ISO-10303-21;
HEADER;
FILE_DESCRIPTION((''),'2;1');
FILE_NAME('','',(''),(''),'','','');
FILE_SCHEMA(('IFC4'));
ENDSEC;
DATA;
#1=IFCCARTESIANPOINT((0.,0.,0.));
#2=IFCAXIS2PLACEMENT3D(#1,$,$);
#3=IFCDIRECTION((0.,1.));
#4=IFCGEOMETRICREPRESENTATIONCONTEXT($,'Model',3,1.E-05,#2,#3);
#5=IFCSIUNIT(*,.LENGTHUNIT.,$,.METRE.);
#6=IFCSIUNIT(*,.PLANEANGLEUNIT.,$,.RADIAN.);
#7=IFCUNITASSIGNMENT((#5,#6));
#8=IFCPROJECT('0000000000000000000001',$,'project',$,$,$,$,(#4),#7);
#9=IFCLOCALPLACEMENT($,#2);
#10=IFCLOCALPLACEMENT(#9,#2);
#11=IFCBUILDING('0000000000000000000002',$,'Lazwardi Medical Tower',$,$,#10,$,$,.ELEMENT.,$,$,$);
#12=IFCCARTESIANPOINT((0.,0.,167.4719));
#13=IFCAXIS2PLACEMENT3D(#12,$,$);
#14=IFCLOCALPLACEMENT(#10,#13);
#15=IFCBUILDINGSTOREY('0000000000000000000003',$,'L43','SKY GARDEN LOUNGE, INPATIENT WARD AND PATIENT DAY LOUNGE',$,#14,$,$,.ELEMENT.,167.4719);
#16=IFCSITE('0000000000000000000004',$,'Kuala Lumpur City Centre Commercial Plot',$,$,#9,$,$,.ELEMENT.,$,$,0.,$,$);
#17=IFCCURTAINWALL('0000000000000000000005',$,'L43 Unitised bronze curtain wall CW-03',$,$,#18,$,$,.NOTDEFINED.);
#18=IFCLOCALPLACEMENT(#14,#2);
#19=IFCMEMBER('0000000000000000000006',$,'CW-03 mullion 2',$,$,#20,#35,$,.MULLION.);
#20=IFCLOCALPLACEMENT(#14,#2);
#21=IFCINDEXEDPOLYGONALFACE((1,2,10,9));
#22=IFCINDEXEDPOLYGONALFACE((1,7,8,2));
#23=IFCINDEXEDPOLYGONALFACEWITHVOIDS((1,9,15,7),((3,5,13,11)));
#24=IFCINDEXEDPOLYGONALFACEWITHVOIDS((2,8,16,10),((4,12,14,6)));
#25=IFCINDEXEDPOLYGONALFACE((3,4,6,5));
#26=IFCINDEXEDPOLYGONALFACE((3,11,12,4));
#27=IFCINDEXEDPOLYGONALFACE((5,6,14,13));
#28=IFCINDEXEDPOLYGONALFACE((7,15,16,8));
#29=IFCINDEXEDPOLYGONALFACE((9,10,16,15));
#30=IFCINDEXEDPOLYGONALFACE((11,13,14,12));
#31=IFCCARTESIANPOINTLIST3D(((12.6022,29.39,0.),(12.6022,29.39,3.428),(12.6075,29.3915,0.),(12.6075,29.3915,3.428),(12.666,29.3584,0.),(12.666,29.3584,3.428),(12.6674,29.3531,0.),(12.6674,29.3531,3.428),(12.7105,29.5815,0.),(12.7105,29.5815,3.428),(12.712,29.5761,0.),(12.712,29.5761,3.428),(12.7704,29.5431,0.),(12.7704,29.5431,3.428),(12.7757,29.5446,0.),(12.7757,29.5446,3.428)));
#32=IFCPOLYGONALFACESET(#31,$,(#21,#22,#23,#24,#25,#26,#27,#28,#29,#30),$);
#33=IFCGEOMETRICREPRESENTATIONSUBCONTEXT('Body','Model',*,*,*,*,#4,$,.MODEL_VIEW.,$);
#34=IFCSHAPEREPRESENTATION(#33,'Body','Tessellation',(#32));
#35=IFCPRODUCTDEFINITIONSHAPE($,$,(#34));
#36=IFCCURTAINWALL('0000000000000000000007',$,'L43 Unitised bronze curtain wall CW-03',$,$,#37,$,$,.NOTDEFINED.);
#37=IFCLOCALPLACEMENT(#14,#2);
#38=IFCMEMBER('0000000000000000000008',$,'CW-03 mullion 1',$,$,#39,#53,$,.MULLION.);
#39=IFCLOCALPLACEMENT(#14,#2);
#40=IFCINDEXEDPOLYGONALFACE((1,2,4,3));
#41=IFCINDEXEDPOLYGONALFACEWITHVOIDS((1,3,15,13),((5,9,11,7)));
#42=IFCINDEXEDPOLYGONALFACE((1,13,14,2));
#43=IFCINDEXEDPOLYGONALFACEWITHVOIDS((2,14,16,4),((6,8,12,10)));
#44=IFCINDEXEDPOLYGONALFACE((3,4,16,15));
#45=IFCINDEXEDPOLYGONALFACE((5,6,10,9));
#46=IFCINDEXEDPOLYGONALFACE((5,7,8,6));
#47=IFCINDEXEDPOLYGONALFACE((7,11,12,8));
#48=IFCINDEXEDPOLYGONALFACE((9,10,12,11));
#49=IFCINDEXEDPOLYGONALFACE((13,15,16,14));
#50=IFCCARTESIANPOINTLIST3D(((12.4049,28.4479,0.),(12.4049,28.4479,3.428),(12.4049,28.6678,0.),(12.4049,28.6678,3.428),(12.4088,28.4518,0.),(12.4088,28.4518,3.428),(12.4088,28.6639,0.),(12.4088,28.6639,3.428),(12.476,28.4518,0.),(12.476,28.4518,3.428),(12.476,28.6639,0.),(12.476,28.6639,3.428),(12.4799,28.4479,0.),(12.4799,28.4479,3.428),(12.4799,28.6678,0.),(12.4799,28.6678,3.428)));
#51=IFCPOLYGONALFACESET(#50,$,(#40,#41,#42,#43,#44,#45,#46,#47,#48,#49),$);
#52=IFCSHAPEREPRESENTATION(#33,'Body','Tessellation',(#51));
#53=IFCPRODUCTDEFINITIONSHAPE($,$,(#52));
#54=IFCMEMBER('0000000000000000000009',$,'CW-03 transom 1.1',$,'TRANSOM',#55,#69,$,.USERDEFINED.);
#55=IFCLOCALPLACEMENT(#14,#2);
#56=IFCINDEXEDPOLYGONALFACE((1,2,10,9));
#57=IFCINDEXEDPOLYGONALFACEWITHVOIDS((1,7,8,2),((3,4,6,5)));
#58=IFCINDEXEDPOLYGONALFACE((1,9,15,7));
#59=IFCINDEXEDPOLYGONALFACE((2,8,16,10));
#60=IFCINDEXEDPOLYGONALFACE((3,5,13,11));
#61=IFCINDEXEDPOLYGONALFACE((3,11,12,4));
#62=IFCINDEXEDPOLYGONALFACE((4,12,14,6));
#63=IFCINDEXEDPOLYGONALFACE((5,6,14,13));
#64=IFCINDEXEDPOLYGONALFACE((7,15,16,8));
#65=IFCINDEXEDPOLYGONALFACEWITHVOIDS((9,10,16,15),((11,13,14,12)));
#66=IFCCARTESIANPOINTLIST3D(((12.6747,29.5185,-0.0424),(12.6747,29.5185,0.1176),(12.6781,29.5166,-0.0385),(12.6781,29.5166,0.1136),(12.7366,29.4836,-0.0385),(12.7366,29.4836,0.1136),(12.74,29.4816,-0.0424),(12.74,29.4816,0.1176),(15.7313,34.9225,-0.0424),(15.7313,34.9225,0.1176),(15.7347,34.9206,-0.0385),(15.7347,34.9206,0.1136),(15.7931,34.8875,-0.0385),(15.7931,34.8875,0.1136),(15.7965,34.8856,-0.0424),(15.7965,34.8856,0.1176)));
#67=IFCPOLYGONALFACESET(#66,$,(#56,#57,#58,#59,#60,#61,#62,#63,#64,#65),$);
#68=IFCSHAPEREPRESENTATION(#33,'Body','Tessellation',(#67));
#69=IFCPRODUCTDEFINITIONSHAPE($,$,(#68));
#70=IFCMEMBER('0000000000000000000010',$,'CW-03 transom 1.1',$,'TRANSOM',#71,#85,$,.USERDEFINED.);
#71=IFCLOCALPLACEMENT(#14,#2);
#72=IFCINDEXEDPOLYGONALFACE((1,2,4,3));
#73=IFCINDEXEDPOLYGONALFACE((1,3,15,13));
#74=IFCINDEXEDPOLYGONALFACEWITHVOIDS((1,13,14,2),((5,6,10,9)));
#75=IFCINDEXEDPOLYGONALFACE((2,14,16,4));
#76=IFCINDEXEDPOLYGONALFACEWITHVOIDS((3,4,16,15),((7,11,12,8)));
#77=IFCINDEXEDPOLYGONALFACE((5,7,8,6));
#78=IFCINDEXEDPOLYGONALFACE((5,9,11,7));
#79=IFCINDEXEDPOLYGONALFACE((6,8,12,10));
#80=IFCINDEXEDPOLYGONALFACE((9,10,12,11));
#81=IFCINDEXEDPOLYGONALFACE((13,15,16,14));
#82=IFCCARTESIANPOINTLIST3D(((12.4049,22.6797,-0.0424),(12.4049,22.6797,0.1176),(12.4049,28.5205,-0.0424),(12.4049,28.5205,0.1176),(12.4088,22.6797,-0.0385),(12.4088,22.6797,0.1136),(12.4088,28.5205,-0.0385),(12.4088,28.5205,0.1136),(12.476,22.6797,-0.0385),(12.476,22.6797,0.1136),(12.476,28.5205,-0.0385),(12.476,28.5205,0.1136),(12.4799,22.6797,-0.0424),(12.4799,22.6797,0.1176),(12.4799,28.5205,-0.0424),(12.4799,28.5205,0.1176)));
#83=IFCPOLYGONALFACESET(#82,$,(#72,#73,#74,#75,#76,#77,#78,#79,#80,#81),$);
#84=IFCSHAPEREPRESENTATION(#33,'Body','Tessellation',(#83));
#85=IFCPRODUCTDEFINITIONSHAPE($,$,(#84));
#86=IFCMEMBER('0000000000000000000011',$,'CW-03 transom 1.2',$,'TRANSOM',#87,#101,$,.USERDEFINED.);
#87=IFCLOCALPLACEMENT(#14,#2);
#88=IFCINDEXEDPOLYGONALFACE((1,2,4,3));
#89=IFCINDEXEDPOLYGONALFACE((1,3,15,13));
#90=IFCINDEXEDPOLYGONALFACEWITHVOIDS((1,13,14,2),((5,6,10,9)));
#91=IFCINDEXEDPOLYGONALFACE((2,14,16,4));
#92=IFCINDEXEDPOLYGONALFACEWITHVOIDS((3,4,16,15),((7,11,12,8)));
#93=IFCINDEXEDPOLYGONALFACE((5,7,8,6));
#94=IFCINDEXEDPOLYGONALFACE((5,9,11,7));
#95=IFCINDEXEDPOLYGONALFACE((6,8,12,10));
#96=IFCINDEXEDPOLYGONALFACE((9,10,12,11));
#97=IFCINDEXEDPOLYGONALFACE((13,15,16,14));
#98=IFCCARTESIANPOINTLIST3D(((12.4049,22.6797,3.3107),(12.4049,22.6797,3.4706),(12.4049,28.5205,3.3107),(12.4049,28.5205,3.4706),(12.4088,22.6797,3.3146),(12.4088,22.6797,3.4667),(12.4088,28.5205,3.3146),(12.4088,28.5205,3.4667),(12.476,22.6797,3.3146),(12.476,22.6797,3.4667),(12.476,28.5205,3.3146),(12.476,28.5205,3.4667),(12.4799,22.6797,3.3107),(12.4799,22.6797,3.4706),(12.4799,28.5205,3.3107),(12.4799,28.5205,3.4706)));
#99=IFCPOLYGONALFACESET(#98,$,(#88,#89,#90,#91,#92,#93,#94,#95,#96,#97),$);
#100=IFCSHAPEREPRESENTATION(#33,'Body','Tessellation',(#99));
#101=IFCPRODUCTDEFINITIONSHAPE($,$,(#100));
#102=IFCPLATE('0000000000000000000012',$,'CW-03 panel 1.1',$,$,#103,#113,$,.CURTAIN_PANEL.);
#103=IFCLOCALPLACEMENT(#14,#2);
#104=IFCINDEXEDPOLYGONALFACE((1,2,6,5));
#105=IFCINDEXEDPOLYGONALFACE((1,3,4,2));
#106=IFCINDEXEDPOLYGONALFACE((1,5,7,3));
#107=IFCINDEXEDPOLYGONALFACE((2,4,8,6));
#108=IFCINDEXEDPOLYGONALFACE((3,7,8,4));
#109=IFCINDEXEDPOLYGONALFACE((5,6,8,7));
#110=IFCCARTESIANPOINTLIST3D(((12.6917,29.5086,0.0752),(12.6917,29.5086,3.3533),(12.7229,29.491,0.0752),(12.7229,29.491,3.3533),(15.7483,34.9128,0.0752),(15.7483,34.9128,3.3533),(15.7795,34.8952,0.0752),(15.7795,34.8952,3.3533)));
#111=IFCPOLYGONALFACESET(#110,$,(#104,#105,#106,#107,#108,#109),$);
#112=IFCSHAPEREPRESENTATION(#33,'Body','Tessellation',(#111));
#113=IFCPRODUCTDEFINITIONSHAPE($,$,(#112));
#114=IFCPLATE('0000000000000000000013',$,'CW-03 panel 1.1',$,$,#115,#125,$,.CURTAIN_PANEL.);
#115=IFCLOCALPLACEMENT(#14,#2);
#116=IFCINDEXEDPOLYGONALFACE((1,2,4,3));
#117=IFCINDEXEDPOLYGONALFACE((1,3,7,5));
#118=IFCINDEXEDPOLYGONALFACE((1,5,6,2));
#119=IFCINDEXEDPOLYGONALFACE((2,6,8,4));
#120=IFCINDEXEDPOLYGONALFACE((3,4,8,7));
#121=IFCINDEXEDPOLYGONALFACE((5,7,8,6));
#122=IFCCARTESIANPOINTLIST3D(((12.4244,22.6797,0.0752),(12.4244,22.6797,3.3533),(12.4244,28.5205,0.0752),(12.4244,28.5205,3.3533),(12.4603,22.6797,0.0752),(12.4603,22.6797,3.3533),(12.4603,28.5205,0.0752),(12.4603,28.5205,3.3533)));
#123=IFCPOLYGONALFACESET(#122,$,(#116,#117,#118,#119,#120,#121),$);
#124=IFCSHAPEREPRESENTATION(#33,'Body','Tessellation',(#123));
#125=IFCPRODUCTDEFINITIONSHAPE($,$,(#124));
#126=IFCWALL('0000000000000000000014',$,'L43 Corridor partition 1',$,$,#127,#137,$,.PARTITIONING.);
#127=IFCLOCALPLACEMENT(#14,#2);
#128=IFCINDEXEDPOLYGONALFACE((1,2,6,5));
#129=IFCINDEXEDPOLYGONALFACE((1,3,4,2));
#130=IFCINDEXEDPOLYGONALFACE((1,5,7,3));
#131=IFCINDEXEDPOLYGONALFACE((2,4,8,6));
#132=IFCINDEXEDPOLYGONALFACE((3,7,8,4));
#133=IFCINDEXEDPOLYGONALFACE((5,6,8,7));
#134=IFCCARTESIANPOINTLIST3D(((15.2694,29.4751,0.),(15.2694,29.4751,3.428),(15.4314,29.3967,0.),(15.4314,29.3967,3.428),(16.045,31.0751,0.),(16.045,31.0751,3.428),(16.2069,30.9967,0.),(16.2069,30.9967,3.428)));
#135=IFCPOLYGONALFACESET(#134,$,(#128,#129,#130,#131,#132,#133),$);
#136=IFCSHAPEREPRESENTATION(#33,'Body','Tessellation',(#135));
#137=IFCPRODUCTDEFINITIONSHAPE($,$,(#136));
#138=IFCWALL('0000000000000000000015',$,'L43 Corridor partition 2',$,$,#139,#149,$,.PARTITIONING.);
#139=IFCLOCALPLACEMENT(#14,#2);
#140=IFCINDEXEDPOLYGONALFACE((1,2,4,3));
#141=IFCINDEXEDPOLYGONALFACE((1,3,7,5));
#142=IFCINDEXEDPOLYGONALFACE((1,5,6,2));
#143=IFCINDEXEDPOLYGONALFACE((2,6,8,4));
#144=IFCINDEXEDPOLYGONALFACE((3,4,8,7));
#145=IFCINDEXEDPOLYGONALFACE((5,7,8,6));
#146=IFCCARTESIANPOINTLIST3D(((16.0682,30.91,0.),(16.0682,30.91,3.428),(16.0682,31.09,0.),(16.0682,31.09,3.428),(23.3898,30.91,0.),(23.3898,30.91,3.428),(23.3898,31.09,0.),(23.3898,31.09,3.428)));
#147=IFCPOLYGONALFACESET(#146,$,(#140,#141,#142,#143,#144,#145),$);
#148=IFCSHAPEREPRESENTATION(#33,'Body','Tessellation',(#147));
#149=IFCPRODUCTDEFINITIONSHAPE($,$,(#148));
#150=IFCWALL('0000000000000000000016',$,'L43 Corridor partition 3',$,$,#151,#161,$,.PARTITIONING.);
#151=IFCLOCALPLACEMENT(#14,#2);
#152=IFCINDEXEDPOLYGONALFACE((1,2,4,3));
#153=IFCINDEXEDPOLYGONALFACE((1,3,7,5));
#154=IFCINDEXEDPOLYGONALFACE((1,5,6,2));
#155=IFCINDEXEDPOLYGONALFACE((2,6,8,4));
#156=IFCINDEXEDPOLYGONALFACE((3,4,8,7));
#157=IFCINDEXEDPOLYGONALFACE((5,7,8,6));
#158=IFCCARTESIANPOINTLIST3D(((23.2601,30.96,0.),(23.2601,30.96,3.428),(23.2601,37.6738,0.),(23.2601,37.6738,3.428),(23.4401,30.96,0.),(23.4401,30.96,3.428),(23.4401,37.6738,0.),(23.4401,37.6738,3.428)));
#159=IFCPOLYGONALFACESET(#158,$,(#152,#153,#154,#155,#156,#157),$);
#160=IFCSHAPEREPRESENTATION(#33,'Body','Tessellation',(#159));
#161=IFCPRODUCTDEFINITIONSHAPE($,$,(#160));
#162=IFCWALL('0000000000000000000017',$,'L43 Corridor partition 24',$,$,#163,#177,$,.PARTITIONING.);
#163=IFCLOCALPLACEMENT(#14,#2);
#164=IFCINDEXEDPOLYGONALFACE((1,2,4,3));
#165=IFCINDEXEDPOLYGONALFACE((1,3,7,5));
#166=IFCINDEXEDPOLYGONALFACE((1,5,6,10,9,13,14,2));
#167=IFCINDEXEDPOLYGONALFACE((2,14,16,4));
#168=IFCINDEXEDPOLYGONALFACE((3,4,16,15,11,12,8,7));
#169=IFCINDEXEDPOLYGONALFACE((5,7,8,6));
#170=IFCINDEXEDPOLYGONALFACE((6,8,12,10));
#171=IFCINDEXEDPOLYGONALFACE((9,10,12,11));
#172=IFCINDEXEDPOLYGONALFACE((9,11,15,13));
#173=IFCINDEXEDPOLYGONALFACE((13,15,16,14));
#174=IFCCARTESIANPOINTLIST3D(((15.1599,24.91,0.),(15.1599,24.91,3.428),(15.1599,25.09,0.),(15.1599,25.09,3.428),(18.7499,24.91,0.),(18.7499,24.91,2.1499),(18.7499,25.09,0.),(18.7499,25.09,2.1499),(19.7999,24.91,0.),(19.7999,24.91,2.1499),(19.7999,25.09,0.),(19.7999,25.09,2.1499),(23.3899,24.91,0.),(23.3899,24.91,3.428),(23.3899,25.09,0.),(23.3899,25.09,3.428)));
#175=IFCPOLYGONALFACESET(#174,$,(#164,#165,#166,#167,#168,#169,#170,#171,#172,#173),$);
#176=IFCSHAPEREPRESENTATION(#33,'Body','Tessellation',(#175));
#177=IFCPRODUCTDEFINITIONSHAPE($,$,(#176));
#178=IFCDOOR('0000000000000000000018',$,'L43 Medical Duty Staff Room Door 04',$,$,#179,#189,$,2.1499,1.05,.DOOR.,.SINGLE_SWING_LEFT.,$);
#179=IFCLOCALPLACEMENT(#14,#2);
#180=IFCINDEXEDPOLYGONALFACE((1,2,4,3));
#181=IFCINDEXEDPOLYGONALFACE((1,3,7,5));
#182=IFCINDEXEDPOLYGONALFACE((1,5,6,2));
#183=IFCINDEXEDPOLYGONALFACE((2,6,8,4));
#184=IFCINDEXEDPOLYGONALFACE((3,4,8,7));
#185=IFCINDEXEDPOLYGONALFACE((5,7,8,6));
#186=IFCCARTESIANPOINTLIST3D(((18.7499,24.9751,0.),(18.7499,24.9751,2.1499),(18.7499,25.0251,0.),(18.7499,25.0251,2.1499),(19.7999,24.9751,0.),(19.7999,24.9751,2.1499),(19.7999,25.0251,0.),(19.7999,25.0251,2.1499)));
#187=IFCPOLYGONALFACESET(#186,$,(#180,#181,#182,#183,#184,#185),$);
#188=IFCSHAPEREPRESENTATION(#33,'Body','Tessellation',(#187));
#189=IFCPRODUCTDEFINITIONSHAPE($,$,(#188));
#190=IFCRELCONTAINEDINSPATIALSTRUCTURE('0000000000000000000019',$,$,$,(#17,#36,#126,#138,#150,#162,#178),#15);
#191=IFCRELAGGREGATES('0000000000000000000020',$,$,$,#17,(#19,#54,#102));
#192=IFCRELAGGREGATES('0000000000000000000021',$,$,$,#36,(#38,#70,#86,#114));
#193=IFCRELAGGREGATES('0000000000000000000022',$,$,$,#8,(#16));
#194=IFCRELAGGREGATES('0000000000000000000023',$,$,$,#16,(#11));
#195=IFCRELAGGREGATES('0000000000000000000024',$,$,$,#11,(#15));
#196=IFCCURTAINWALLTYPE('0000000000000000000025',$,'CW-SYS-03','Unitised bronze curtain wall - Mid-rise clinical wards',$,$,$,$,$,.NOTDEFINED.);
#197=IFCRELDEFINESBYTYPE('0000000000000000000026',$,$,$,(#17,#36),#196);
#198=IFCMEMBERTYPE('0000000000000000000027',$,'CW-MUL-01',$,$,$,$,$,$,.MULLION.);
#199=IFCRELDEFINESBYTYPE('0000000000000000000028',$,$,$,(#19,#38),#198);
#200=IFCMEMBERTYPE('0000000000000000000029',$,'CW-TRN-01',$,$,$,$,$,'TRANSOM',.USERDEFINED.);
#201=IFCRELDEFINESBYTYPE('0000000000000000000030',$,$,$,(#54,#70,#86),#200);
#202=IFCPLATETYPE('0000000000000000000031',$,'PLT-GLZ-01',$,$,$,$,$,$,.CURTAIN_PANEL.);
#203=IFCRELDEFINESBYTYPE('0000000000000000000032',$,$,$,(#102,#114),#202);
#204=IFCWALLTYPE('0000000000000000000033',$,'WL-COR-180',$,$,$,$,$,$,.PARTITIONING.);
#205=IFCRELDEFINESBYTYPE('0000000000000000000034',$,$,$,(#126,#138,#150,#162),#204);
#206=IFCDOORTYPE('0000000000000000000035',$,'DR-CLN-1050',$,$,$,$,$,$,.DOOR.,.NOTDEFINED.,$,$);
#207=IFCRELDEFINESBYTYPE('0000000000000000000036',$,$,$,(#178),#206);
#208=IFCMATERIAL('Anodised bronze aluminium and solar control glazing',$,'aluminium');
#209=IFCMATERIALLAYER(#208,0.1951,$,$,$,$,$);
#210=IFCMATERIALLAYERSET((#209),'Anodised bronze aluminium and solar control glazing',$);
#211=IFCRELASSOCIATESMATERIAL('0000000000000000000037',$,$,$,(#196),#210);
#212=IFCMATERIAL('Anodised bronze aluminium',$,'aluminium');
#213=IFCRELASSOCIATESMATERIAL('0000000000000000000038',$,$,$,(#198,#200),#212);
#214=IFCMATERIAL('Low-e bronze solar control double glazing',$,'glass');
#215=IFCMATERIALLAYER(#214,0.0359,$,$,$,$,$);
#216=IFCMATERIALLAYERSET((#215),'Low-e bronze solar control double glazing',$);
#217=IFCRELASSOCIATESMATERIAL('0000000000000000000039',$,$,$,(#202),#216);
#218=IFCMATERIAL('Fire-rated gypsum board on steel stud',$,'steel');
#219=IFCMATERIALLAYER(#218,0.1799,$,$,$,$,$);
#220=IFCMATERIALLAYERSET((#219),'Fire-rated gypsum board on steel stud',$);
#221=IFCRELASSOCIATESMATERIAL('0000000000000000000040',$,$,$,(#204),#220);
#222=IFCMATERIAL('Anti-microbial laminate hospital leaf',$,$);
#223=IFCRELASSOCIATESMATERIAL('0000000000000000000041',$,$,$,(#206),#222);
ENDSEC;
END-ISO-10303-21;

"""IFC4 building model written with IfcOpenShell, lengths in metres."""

from ifc_helpers import new_model, si_unit, direction, frame, frame_2d, origin, origin_2d, place, context, subcontext, project, spatial, rectangle, hollow_rectangle, extrude, material, layer, layer_set, material_profile, profile_set, type_object, element, fill, aggregate, save


model = new_model("IFC4")

# Units and contexts
model_context = context("Model", 3, precision=1e-05, world=origin(), true_north=direction((0.0, 1.0)))
body_context = subcontext(model_context, "Body", "Model", "MODEL_VIEW")
ifc_project = project(units=[si_unit("LENGTHUNIT", "METRE"), si_unit("PLANEANGLEUNIT", "RADIAN")], contexts=[model_context])

# Site, building, storey
site_placement = place(None, origin())
site = spatial("IfcSite", under=ifc_project, at=site_placement, Name="Kuala Lumpur City Centre Commercial Plot", CompositionType="ELEMENT", RefElevation=0.0)
building_placement = place(site_placement, origin())
building = spatial("IfcBuilding", under=site, at=building_placement, Name="Lazwardi Medical Tower", CompositionType="ELEMENT")
storey_placement = place(building_placement, frame((0.0, 0.0, 167.4719)))
storey = spatial("IfcBuildingStorey", under=building, at=storey_placement, Name="L43", Description="SKY GARDEN LOUNGE, INPATIENT WARD AND PATIENT DAY LOUNGE", CompositionType="ELEMENT", Elevation=167.4719)

# Curtain walls, members
ifc_material_1 = material(Name="Anodised bronze aluminium and solar control glazing", Category="aluminium")
ifc_layer_1 = layer(ifc_material_1, 0.1951)
ifc_layer_set_1 = layer_set([ifc_layer_1], Name="Anodised bronze aluminium and solar control glazing")
curtain_wall_type = type_object("IfcCurtainWallType", Name="CW-SYS-03", Description="Unitised bronze curtain wall - Mid-rise clinical wards", PredefinedType="NOTDEFINED", material=ifc_layer_set_1)
curtain_wall_1_placement = place(storey_placement, origin())
curtain_wall_1 = element("IfcCurtainWall", 1, at=curtain_wall_1_placement, inside=storey, type_object=curtain_wall_type, Name="L43 Unitised bronze curtain wall CW-03", PredefinedType="NOTDEFINED")
ifc_material_2 = material(Name="Anodised bronze aluminium", Category="aluminium")
ifc_material_profile_1 = material_profile(ifc_material_2, hollow_rectangle(XDim=0.075, YDim=0.22, WallThickness=0.0039, at=origin_2d()), Name="ALU-MULLION 220x75x4")
ifc_profile_set_1 = profile_set([ifc_material_profile_1], Name="Anodised bronze aluminium")
member_type_1 = type_object("IfcMemberType", Name="CW-MUL-01", PredefinedType="MULLION", material=ifc_profile_set_1)
member_1_placement = place(storey_placement, frame((12.689, 29.4673, 0.0), z_axis=(0.0, 0.0, 1.0), x_axis=(0.870419, -0.492312, 0.0)))
member_1 = element("IfcMember", 2, at=member_1_placement, type_object=member_type_1, Name="CW-03 mullion 2", PredefinedType="MULLION", context=body_context, shape_type="SweptSolid", body=[
    extrude(hollow_rectangle(XDim=0.075, YDim=0.22, WallThickness=0.0039, at=origin_2d()), origin(), (0.0, 0.0, 1.0), 3.428),
])
curtain_wall_2_placement = place(storey_placement, origin())
curtain_wall_2 = element("IfcCurtainWall", 3, at=curtain_wall_2_placement, inside=storey, type_object=curtain_wall_type, Name="L43 Unitised bronze curtain wall CW-03", PredefinedType="NOTDEFINED")
member_2_placement = place(storey_placement, frame((12.4424, 28.5579, 0.0), z_axis=(0.0, 0.0, 1.0), x_axis=(1.0, 0.0, 0.0)))
member_2 = element("IfcMember", 4, at=member_2_placement, type_object=member_type_1, Name="CW-03 mullion 1", PredefinedType="MULLION", context=body_context, shape_type="SweptSolid", body=[
    extrude(hollow_rectangle(XDim=0.075, YDim=0.22, WallThickness=0.0039, at=origin_2d()), origin(), (0.0, 0.0, 1.0), 3.428),
])

# Members
ifc_material_profile_2 = material_profile(ifc_material_2, hollow_rectangle(XDim=0.075, YDim=0.1599, WallThickness=0.0039, at=origin_2d()), Name="ALU-TRANSOM 160x75x4")
ifc_profile_set_2 = profile_set([ifc_material_profile_2], Name="Anodised bronze aluminium")
member_type_2 = type_object("IfcMemberType", Name="CW-TRN-01", ElementType="TRANSOM", PredefinedType="USERDEFINED", material=ifc_profile_set_2)
member_3_placement = place(storey_placement, frame((15.7639, 34.9041, 0.0376), z_axis=(-0.492323, -0.870413, 0.0), x_axis=(0.870413, -0.492323, 0.0)))
member_3 = element("IfcMember", 5, at=member_3_placement, type_object=member_type_2, Name="CW-03 transom 1.1", ObjectType="TRANSOM", PredefinedType="USERDEFINED", context=body_context, shape_type="SweptSolid", body=[
    extrude(hollow_rectangle(XDim=0.075, YDim=0.1599, WallThickness=0.0039, at=origin_2d()), origin(), (0.0, 0.0, 1.0), 6.2085),
])
member_4_placement = place(storey_placement, frame((12.4424, 28.5205, 0.0376), z_axis=(0.0, -1.0, 0.0), x_axis=(1.0, 0.0, 0.0)))
member_4 = element("IfcMember", 6, at=member_4_placement, type_object=member_type_2, Name="CW-03 transom 1.1", ObjectType="TRANSOM", PredefinedType="USERDEFINED", context=body_context, shape_type="SweptSolid", body=[
    extrude(hollow_rectangle(XDim=0.075, YDim=0.1599, WallThickness=0.0039, at=origin_2d()), origin(), (0.0, 0.0, 1.0), 5.8408),
])
member_5_placement = place(storey_placement, frame((12.4424, 28.5205, 3.3906), z_axis=(0.0, -1.0, 0.0), x_axis=(1.0, 0.0, 0.0)))
member_5 = element("IfcMember", 7, at=member_5_placement, type_object=member_type_2, Name="CW-03 transom 1.2", ObjectType="TRANSOM", PredefinedType="USERDEFINED", context=body_context, shape_type="SweptSolid", body=[
    extrude(hollow_rectangle(XDim=0.075, YDim=0.1599, WallThickness=0.0039, at=origin_2d()), origin(), (0.0, 0.0, 1.0), 5.8408),
])

# Plates
ifc_material_3 = material(Name="Low-e bronze solar control double glazing", Category="glass")
ifc_layer_2 = layer(ifc_material_3, 0.0359)
ifc_layer_set_2 = layer_set([ifc_layer_2], Name="Low-e bronze solar control double glazing")
plate_type = type_object("IfcPlateType", Name="PLT-GLZ-01", PredefinedType="CURTAIN_PANEL", material=ifc_layer_set_2)
plate_1_placement = place(storey_placement, frame((14.2356, 32.2019, 0.0752), z_axis=(0.0, 0.0, 1.0), x_axis=(-0.492312, -0.870419, 0.0)))
plate_1 = element("IfcPlate", 8, at=plate_1_placement, type_object=plate_type, Name="CW-03 panel 1.1", PredefinedType="CURTAIN_PANEL", context=body_context, shape_type="SweptSolid", body=[
    extrude(rectangle(XDim=6.2087, YDim=0.0359, at=origin_2d()), origin(), (0.0, 0.0, 1.0), 3.2781),
])
aggregate(curtain_wall_1, [member_1, member_3, plate_1])
plate_2_placement = place(storey_placement, frame((12.4424, 25.6001, 0.0752), z_axis=(0.0, 0.0, 1.0), x_axis=(0.0, -1.0, 0.0)))
plate_2 = element("IfcPlate", 9, at=plate_2_placement, type_object=plate_type, Name="CW-03 panel 1.1", PredefinedType="CURTAIN_PANEL", context=body_context, shape_type="SweptSolid", body=[
    extrude(rectangle(XDim=5.8408, YDim=0.0359, at=origin_2d()), origin(), (0.0, 0.0, 1.0), 3.2781),
])
aggregate(curtain_wall_2, [member_2, member_4, member_5, plate_2])

# Walls
ifc_material_4 = material(Name="Fire-rated gypsum board on steel stud", Category="steel")
ifc_layer_3 = layer(ifc_material_4, 0.1799)
ifc_layer_set_3 = layer_set([ifc_layer_3], Name="Fire-rated gypsum board on steel stud")
wall_type_1 = type_object("IfcWallType", Name="WL-COR-180", PredefinedType="PARTITIONING", material=ifc_layer_set_3)
wall_1_placement = place(storey_placement, frame((15.3503, 29.4358, 0.0), z_axis=(0.0, 0.0, 1.0), x_axis=(0.436196, 0.899852, 0.0)))
element("IfcWall", 10, at=wall_1_placement, inside=storey, type_object=wall_type_1, Name="L43 Corridor partition 1", PredefinedType="PARTITIONING", context=body_context, shape_type="SweptSolid", body=[
    extrude(rectangle(XDim=1.7781, YDim=0.1799, at=frame_2d((0.8892, 0.0))), origin(), (0.0, 0.0, 1.0), 3.428),
])
wall_2_placement = place(storey_placement, frame((16.0684, 31.0, 0.0), z_axis=(0.0, 0.0, 1.0), x_axis=(1.0, 0.0, 0.0)))
element("IfcWall", 11, at=wall_2_placement, inside=storey, type_object=wall_type_1, Name="L43 Corridor partition 2", PredefinedType="PARTITIONING", context=body_context, shape_type="SweptSolid", body=[
    extrude(rectangle(XDim=7.3215, YDim=0.1799, at=frame_2d((3.6606, 0.0))), origin(), (0.0, 0.0, 1.0), 3.428),
])
wall_3_placement = place(storey_placement, frame((23.3501, 30.96, 0.0), z_axis=(0.0, 0.0, 1.0), x_axis=(0.0, 1.0, 0.0)))
element("IfcWall", 12, at=wall_3_placement, inside=storey, type_object=wall_type_1, Name="L43 Corridor partition 3", PredefinedType="PARTITIONING", context=body_context, shape_type="SweptSolid", body=[
    extrude(rectangle(XDim=6.7139, YDim=0.1799, at=frame_2d((3.3569, 0.0))), origin(), (0.0, 0.0, 1.0), 3.428),
])

# Wall, opening, door
wall_4_placement = place(storey_placement, frame((23.3899, 25.0, 0.0), z_axis=(0.0, 0.0, 1.0), x_axis=(-1.0, 0.0, 0.0)))
wall_4 = element("IfcWall", 13, at=wall_4_placement, inside=storey, type_object=wall_type_1, Name="L43 Corridor partition 24", PredefinedType="PARTITIONING", context=body_context, shape_type="SweptSolid", body=[
    extrude(rectangle(XDim=8.23, YDim=0.1799, at=frame_2d((4.115, 0.0))), origin(), (0.0, 0.0, 1.0), 3.428),
])
opening_placement = place(wall_4_placement, frame((3.5901, 0.0, 0.0)))
opening = element("IfcOpeningElement", 14, at=opening_placement, cuts=wall_4, PredefinedType="OPENING", context=body_context, shape_type="SweptSolid", body=[
    extrude(rectangle(XDim=1.05, YDim=2.1499, at=frame_2d((0.5249, 1.075))), frame((0.0, 0.0999, 0.0), z_axis=(0.0, -1.0, 0.0), x_axis=(1.0, 0.0, 0.0)), (0.0, 0.0, 1.0), 0.2),
])
ifc_material_5 = material(Name="Anti-microbial laminate hospital leaf")
door_type = type_object("IfcDoorType", Name="DR-CLN-1050", OperationType="NOTDEFINED", PredefinedType="DOOR", material=ifc_material_5)
door_placement = place(opening_placement, origin())
door = element("IfcDoor", 15, at=door_placement, inside=storey, type_object=door_type, Name="L43 Medical Duty Staff Room Door 04", OperationType="SINGLE_SWING_LEFT", OverallHeight=2.1499, OverallWidth=1.05, PredefinedType="DOOR", context=body_context, shape_type="SweptSolid", body=[
    extrude(rectangle(XDim=1.05, YDim=2.1499, at=frame_2d((0.5249, 1.075))), frame((0.0, 0.0249, 0.0), z_axis=(0.0, -1.0, 0.0), x_axis=(1.0, 0.0, 0.0)), (0.0, 0.0, 1.0), 0.05),
])
fill(opening, door)

save(model, "model.ifc")
